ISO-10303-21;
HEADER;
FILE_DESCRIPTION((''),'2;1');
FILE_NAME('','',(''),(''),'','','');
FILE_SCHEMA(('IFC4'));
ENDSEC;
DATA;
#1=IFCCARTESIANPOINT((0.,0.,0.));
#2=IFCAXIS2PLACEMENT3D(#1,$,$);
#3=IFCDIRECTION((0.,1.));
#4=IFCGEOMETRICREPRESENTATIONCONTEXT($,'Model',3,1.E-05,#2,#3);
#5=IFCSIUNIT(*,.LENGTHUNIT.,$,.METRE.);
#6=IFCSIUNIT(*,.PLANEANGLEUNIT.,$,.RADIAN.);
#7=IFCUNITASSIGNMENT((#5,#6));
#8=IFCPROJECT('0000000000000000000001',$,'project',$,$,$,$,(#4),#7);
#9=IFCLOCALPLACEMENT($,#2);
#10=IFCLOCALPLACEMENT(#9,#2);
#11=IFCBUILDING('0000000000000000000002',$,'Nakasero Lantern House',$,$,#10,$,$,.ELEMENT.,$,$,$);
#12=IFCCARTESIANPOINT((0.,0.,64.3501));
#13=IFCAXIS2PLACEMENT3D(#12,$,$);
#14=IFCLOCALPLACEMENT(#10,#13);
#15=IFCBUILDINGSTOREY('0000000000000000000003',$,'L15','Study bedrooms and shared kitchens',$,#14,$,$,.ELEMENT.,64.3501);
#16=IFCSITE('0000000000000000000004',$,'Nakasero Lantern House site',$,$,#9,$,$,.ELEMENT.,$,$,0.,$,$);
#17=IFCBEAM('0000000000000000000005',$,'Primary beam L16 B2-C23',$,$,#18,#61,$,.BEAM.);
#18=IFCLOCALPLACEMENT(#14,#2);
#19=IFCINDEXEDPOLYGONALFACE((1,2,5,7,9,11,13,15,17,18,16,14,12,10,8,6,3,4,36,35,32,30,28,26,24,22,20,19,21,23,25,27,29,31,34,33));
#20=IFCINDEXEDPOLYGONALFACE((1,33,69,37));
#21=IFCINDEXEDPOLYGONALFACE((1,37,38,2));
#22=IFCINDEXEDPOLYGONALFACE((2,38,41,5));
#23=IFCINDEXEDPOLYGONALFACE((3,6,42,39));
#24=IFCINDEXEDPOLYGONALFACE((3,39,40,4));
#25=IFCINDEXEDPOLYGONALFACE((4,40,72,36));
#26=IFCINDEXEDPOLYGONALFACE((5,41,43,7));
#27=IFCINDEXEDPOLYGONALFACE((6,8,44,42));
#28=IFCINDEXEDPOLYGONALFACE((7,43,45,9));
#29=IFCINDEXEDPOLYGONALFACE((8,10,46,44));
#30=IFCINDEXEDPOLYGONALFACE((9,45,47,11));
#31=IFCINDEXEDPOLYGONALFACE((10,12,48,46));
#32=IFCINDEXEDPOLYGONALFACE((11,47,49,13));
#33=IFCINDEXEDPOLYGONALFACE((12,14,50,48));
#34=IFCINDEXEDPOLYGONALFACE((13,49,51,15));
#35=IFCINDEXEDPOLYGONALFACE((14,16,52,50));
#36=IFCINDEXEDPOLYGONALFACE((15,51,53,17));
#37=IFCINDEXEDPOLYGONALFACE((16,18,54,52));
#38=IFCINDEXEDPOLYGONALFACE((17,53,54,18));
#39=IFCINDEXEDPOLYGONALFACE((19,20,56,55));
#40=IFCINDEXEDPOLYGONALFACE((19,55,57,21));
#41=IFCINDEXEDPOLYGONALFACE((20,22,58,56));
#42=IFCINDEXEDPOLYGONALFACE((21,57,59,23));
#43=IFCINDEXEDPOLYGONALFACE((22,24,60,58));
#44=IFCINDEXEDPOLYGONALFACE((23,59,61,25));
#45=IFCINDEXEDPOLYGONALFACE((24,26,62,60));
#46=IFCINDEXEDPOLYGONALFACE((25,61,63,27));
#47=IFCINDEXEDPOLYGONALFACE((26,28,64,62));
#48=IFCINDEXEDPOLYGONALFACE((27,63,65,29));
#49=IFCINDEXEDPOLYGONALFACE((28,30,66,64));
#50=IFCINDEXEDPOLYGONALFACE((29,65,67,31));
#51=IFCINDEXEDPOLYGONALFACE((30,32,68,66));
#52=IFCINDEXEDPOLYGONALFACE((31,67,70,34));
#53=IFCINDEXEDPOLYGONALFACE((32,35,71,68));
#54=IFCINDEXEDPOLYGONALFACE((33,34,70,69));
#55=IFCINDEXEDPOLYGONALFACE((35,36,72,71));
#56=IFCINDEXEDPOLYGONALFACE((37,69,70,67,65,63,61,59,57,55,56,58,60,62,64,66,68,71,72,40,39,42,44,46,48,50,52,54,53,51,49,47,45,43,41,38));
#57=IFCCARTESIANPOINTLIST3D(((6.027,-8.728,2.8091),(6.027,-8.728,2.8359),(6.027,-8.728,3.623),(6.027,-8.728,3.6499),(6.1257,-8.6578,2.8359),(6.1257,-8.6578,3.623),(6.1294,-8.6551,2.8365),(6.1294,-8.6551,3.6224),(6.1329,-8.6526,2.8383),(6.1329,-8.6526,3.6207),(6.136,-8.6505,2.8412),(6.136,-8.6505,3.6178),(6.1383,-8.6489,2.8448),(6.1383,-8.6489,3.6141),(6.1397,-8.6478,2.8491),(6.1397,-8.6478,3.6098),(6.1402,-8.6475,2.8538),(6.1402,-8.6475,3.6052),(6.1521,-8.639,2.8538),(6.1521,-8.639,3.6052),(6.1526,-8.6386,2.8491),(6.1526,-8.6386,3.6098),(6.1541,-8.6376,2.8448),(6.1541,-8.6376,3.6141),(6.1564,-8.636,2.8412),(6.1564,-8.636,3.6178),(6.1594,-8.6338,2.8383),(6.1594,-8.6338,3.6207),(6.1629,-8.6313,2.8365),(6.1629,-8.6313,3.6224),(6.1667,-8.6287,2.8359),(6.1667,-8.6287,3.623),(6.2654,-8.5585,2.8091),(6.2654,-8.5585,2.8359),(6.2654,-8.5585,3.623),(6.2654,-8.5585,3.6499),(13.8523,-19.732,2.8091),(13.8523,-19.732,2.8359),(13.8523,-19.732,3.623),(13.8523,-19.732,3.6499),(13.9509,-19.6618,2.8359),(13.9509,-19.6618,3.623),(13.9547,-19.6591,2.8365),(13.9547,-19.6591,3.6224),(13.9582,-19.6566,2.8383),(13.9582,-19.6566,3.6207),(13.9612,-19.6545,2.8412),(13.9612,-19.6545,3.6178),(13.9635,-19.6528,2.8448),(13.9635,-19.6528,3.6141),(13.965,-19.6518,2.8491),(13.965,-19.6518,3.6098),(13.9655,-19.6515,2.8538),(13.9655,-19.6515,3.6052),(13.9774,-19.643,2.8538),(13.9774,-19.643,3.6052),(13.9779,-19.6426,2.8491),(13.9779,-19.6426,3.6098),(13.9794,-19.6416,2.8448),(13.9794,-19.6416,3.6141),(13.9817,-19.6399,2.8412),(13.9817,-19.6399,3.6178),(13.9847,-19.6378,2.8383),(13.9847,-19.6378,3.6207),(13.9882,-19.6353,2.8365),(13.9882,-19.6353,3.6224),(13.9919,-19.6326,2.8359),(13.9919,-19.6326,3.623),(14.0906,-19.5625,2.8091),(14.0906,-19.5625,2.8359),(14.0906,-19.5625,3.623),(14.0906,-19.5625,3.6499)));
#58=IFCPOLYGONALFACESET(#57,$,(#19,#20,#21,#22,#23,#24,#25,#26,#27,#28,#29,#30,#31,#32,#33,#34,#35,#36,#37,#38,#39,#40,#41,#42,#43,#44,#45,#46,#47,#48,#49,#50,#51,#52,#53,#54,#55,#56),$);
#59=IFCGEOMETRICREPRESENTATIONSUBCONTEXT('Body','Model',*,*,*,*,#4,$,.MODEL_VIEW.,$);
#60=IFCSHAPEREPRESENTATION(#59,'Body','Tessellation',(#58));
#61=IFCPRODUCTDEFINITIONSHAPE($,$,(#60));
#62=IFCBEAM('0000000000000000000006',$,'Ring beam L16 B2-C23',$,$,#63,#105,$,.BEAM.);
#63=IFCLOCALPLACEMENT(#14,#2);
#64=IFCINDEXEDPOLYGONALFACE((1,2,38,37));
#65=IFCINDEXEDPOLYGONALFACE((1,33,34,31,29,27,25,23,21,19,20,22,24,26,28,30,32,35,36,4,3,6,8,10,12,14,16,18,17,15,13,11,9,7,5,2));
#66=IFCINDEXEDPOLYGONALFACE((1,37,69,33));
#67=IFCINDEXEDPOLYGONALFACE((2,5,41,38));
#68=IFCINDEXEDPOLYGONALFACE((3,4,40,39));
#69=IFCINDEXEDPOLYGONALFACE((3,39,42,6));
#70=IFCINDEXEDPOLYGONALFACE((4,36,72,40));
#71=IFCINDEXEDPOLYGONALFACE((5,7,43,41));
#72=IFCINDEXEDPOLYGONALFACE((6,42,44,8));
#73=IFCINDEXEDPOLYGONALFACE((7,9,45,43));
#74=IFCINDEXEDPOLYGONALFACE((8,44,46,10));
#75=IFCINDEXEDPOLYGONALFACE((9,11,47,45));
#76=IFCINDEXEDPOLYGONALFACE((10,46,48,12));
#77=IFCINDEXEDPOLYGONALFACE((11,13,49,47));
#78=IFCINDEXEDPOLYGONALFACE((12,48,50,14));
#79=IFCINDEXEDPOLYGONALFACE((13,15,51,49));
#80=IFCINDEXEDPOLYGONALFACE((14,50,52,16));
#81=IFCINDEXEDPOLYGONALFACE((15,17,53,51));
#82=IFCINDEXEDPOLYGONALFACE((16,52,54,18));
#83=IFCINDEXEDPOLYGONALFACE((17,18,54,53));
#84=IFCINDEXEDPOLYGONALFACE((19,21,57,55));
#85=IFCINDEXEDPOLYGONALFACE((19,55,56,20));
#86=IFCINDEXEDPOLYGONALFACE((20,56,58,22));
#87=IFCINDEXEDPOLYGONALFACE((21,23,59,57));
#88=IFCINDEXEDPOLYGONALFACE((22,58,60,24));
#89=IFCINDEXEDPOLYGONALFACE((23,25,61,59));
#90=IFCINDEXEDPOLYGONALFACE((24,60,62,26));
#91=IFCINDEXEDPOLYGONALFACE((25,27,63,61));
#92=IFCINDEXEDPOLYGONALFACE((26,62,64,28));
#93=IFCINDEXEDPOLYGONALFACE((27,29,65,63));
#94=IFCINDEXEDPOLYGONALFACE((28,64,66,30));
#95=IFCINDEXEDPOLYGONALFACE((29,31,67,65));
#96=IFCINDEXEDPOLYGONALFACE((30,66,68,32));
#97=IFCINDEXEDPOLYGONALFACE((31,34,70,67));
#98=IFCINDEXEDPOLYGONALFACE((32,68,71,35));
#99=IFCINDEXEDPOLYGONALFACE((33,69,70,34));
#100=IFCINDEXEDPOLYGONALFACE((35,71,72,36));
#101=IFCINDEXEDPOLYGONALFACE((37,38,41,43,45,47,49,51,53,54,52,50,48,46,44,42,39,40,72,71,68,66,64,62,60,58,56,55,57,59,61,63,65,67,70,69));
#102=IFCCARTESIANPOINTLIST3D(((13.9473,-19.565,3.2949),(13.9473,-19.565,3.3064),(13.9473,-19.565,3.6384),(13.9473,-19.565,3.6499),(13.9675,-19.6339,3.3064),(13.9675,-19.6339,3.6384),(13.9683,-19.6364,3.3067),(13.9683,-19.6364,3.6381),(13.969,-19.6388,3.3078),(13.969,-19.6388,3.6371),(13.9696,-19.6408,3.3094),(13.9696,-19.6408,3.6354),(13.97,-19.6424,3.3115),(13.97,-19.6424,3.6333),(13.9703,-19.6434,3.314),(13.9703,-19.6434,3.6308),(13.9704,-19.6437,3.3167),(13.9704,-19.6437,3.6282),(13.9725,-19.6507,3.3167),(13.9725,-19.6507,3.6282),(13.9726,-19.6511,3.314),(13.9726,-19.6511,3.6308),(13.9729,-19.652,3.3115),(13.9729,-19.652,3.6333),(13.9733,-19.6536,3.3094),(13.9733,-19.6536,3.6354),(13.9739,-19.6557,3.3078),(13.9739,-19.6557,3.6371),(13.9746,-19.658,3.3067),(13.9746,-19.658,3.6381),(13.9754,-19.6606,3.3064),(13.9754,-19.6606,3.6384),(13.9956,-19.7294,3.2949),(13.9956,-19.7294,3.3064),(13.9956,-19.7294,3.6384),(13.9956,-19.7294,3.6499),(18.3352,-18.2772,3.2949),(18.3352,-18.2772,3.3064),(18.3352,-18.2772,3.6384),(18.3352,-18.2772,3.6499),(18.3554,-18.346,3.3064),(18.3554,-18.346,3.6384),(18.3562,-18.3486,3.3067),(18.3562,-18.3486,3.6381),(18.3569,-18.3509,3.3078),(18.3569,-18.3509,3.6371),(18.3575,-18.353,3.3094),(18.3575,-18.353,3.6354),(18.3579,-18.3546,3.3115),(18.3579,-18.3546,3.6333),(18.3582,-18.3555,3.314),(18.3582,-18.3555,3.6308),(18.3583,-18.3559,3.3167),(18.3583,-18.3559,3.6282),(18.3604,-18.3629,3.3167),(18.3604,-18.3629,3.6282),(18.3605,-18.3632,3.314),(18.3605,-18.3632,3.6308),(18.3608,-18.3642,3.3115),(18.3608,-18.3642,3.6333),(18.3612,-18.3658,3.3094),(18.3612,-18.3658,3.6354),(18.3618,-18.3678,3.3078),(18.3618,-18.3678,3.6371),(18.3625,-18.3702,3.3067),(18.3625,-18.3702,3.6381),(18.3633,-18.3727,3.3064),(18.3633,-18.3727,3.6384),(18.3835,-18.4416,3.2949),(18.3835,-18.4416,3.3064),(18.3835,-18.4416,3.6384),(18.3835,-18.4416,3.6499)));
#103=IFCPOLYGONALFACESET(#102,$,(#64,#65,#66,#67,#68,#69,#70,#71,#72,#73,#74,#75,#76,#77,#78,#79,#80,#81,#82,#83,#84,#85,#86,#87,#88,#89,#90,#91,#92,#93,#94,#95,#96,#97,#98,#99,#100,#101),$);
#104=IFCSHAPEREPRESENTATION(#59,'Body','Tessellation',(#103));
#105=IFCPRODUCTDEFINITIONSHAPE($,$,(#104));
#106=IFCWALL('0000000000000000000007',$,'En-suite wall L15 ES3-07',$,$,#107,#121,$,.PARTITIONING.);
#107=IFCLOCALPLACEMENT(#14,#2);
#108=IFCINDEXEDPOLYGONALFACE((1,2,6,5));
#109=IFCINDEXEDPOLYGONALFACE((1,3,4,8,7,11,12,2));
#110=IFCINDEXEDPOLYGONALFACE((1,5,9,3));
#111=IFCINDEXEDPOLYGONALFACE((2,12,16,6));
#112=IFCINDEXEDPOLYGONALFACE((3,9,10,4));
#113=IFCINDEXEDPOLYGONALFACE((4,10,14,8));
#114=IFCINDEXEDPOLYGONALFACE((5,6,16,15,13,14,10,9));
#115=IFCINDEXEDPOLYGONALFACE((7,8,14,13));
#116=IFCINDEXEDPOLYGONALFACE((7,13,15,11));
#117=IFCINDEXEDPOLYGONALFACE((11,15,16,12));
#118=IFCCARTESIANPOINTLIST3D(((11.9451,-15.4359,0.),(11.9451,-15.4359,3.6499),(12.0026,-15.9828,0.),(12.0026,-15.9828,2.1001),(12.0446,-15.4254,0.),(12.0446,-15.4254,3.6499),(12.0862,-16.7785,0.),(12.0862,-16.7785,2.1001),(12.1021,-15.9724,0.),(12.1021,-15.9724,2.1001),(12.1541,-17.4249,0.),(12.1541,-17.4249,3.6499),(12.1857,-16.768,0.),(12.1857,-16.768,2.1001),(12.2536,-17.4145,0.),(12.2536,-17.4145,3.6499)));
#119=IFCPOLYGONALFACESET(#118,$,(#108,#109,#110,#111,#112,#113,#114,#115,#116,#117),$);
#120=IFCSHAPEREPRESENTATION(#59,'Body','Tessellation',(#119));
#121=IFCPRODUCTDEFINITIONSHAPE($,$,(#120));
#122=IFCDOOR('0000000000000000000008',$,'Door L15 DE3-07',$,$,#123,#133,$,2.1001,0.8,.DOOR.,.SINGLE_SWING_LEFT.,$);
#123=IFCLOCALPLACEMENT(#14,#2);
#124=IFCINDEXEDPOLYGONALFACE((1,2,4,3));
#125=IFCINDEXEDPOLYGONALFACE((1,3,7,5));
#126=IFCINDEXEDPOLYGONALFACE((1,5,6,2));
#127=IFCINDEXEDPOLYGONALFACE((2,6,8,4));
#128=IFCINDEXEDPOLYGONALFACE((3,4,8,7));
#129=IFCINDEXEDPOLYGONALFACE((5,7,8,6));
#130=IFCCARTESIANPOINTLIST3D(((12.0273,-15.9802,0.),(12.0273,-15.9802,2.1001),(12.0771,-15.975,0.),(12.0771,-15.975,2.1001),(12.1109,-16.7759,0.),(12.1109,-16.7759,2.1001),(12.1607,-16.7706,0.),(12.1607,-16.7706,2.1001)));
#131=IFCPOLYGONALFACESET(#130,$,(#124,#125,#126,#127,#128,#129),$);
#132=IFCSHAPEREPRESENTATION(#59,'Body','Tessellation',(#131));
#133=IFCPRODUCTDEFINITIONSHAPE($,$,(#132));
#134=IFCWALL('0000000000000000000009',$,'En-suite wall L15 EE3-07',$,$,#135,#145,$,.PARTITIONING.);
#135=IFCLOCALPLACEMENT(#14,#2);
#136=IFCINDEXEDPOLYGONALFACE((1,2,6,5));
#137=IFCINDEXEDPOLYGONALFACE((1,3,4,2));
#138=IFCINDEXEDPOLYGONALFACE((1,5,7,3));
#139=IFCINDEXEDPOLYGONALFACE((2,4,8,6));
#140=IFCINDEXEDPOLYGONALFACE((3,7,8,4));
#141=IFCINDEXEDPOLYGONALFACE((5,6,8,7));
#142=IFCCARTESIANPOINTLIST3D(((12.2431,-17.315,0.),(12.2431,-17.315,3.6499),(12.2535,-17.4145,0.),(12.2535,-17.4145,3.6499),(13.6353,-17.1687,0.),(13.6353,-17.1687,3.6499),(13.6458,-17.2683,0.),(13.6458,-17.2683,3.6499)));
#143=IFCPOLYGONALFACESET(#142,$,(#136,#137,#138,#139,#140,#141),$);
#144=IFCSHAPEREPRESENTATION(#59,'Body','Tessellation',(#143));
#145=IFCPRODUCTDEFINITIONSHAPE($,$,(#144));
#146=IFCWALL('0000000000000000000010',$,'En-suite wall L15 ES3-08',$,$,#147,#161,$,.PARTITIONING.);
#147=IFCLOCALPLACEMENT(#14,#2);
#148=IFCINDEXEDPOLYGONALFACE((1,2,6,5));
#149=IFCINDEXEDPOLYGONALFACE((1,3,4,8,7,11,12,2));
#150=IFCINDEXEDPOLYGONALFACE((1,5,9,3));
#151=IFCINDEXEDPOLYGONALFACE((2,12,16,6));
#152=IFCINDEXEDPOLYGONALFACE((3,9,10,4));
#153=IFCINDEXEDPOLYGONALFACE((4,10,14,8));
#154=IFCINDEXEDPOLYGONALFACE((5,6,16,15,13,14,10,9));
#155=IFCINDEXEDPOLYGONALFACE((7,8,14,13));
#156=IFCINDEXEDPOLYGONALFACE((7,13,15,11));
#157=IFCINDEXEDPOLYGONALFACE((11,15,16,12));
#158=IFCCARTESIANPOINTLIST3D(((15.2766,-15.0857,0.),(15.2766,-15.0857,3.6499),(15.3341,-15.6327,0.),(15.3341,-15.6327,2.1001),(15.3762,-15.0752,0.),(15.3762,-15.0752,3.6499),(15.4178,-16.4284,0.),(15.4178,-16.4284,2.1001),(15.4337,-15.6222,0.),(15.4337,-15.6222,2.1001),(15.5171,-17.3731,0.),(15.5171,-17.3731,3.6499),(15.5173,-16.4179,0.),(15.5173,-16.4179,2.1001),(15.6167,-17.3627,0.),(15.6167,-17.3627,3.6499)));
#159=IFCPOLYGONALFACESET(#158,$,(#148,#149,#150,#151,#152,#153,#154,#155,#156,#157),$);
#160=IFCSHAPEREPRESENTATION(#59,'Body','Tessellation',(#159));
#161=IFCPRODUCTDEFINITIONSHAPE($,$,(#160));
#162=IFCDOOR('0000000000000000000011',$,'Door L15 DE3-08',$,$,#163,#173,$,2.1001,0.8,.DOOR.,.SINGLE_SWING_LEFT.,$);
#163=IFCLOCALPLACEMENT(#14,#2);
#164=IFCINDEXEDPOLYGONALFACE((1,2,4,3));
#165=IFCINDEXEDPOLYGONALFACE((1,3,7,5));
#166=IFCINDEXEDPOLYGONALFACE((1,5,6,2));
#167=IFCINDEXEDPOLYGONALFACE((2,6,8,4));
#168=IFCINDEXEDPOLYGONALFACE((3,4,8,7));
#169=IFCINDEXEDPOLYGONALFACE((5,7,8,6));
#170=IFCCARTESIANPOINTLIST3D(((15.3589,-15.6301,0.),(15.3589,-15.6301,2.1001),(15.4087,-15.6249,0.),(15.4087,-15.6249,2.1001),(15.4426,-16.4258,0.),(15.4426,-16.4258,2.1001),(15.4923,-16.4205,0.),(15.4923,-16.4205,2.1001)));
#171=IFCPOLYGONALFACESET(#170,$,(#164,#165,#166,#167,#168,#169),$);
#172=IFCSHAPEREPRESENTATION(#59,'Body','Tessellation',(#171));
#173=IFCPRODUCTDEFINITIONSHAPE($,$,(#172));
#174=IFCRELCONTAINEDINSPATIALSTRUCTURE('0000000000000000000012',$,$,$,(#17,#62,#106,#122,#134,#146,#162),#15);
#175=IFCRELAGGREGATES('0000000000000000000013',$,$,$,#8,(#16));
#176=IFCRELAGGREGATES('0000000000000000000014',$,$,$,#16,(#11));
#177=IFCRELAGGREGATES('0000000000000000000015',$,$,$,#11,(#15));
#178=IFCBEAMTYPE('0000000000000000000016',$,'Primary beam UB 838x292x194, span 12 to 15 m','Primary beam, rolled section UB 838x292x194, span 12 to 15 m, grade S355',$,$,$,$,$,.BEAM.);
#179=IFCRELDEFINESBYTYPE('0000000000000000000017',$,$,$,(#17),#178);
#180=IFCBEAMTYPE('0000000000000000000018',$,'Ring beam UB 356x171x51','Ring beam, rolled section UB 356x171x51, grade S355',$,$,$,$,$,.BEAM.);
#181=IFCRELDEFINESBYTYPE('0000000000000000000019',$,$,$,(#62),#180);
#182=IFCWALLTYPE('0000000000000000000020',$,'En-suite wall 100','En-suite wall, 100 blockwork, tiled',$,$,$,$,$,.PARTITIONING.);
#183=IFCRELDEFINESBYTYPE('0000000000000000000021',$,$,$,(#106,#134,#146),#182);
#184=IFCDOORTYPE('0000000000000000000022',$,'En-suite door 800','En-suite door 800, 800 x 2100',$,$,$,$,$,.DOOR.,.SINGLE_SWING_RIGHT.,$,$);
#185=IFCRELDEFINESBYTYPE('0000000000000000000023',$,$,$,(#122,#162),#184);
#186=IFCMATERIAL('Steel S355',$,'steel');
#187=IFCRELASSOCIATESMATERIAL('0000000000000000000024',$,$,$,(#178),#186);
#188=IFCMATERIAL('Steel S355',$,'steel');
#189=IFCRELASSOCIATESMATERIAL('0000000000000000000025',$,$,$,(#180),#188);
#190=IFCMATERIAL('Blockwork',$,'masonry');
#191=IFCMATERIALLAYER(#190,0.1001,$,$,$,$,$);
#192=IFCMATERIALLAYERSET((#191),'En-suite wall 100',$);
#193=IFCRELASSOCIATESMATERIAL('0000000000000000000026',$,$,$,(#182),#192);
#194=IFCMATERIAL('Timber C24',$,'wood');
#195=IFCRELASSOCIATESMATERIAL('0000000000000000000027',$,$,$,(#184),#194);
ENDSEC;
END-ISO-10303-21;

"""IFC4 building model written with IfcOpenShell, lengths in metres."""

from ifc_helpers import new_model, si_unit, direction, frame, frame_2d, origin, origin_2d, place, context, subcontext, project, spatial, rectangle, i_section, extrude, material, layer, layer_set, material_profile, profile_set, type_object, element, fill, save


model = new_model("IFC4")

# Units and contexts
model_context = context("Model", 3, precision=1e-05, world=origin(), true_north=direction((0.0, 1.0)))
body_context = subcontext(model_context, "Body", "Model", "MODEL_VIEW")
ifc_project = project(units=[si_unit("LENGTHUNIT", "METRE"), si_unit("PLANEANGLEUNIT", "RADIAN")], contexts=[model_context])

# Site, building, storey
site_placement = place(None, origin())
site = spatial("IfcSite", under=ifc_project, at=site_placement, Name="Nakasero Lantern House site", CompositionType="ELEMENT", RefElevation=0.0)
building_placement = place(site_placement, origin())
building = spatial("IfcBuilding", under=site, at=building_placement, Name="Nakasero Lantern House", CompositionType="ELEMENT")
storey_placement = place(building_placement, frame((0.0, 0.0, 64.3501)))
storey = spatial("IfcBuildingStorey", under=building, at=storey_placement, Name="L15", Description="Study bedrooms and shared kitchens", CompositionType="ELEMENT", Elevation=64.3501)

# Beams
ifc_material_1 = material(Name="Steel S355", Category="steel")
ifc_material_profile_1 = material_profile(ifc_material_1, i_section(OverallWidth=0.2925, OverallDepth=0.8408, WebThickness=0.0146, FlangeThickness=0.0269, FilletRadius=0.0178, at=origin_2d()), Name="UB 838x292x194")
ifc_profile_set_1 = profile_set([ifc_material_profile_1], Name="Steel S355")
beam_type_1 = type_object("IfcBeamType", Name="Primary beam UB 838x292x194, span 12 to 15 m", Description="Primary beam, rolled section UB 838x292x194, span 12 to 15 m, grade S355", PredefinedType="BEAM", material=ifc_profile_set_1)
beam_1_placement = place(storey_placement, frame((13.9714, -19.6472, 3.2295), z_axis=(-0.579533, 0.814948, 0.0), x_axis=(-0.814948, -0.579533, 0.0)))
element("IfcBeam", 1, at=beam_1_placement, inside=storey, type_object=beam_type_1, Name="Primary beam L16 B2-C23", PredefinedType="BEAM", context=body_context, shape_type="SweptSolid", body=[
    extrude(i_section(OverallWidth=0.2925, OverallDepth=0.8408, WebThickness=0.0146, FlangeThickness=0.0269, FilletRadius=0.0178, at=origin_2d()), origin(), (0.0, 0.0, 1.0), 13.5027),
])
ifc_material_2 = material(Name="Steel S355", Category="steel")
ifc_material_profile_2 = material_profile(ifc_material_2, i_section(OverallWidth=0.1714, OverallDepth=0.355, WebThickness=0.0073, FlangeThickness=0.0115, FilletRadius=0.0103, at=origin_2d()), Name="UB 356x171x51")
ifc_profile_set_2 = profile_set([ifc_material_profile_2], Name="Steel S355")
beam_type_2 = type_object("IfcBeamType", Name="Ring beam UB 356x171x51", Description="Ring beam, rolled section UB 356x171x51, grade S355", PredefinedType="BEAM", material=ifc_profile_set_2)
beam_2_placement = place(storey_placement, frame((13.9714, -19.6472, 3.4724), z_axis=(0.959527, 0.281617, 0.0), x_axis=(-0.281617, 0.959527, 0.0)))
element("IfcBeam", 2, at=beam_2_placement, inside=storey, type_object=beam_type_2, Name="Ring beam L16 B2-C23", PredefinedType="BEAM", context=body_context, shape_type="SweptSolid", body=[
    extrude(i_section(OverallWidth=0.1714, OverallDepth=0.355, WebThickness=0.0073, FlangeThickness=0.0115, FilletRadius=0.0103, at=origin_2d()), origin(), (0.0, 0.0, 1.0), 4.573),
])

# Wall, opening, door
ifc_material_3 = material(Name="Blockwork", Category="masonry")
ifc_layer_1 = layer(ifc_material_3, 0.1001)
ifc_layer_set_1 = layer_set([ifc_layer_1], Name="En-suite wall 100")
wall_type_1 = type_object("IfcWallType", Name="En-suite wall 100", Description="En-suite wall, 100 blockwork, tiled", PredefinedType="PARTITIONING", material=ifc_layer_set_1)
wall_1_placement = place(storey_placement, frame((11.9949, -15.4307, 0.0), z_axis=(0.0, 0.0, 1.0), x_axis=(0.104494, -0.994526, 0.0)))
wall_1 = element("IfcWall", 3, at=wall_1_placement, inside=storey, type_object=wall_type_1, Name="En-suite wall L15 ES3-07", PredefinedType="PARTITIONING", context=body_context, shape_type="SweptSolid", body=[
    extrude(rectangle(XDim=2.0, YDim=0.1001, at=frame_2d((1.0, 0.0))), origin(), (0.0, 0.0, 1.0), 3.6499),
])
opening_1_placement = place(wall_1_placement, frame((0.55, 0.0, 0.0)))
opening_1 = element("IfcOpeningElement", 4, at=opening_1_placement, cuts=wall_1, PredefinedType="OPENING", context=body_context, shape_type="SweptSolid", body=[
    extrude(rectangle(XDim=0.8, YDim=2.1001, at=frame_2d((0.3999, 1.05))), frame((0.0, 0.0701, 0.0), z_axis=(0.0, -1.0, 0.0), x_axis=(1.0, 0.0, 0.0)), (0.0, 0.0, 1.0), 0.1401),
])
ifc_material_4 = material(Name="Timber C24", Category="wood")
door_type = type_object("IfcDoorType", Name="En-suite door 800", Description="En-suite door 800, 800 x 2100", OperationType="SINGLE_SWING_RIGHT", PredefinedType="DOOR", material=ifc_material_4)
door_1_placement = place(opening_1_placement, origin())
door_1 = element("IfcDoor", 5, at=door_1_placement, inside=storey, type_object=door_type, Name="Door L15 DE3-07", OperationType="SINGLE_SWING_LEFT", OverallHeight=2.1001, OverallWidth=0.8, PredefinedType="DOOR", context=body_context, shape_type="SweptSolid", body=[
    extrude(rectangle(XDim=0.8, YDim=2.1001, at=frame_2d((0.3999, 1.05))), frame((0.0, 0.0249, 0.0), z_axis=(0.0, -1.0, 0.0), x_axis=(1.0, 0.0, 0.0)), (0.0, 0.0, 1.0), 0.05),
])
fill(opening_1, door_1)

# Wall
wall_2_placement = place(storey_placement, frame((12.2483, -17.3647, 0.0), z_axis=(0.0, 0.0, 1.0), x_axis=(0.994529, 0.104458, 0.0)))
element("IfcWall", 6, at=wall_2_placement, inside=storey, type_object=wall_type_1, Name="En-suite wall L15 EE3-07", PredefinedType="PARTITIONING", context=body_context, shape_type="SweptSolid", body=[
    extrude(rectangle(XDim=1.3999, YDim=0.1001, at=frame_2d((0.7, 0.0))), origin(), (0.0, 0.0, 1.0), 3.6499),
])

# Wall, opening, door
wall_3_placement = place(storey_placement, frame((15.3264, -15.0806, 0.0), z_axis=(0.0, 0.0, 1.0), x_axis=(0.104558, -0.994519, 0.0)))
wall_3 = element("IfcWall", 7, at=wall_3_placement, inside=storey, type_object=wall_type_1, Name="En-suite wall L15 ES3-08", PredefinedType="PARTITIONING", context=body_context, shape_type="SweptSolid", body=[
    extrude(rectangle(XDim=2.3, YDim=0.1001, at=frame_2d((1.1499, 0.0))), origin(), (0.0, 0.0, 1.0), 3.6499),
])
opening_2_placement = place(wall_3_placement, frame((0.55, 0.0, 0.0)))
opening_2 = element("IfcOpeningElement", 8, at=opening_2_placement, cuts=wall_3, PredefinedType="OPENING", context=body_context, shape_type="SweptSolid", body=[
    extrude(rectangle(XDim=0.8, YDim=2.1001, at=frame_2d((0.3999, 1.05))), frame((0.0, 0.0701, 0.0), z_axis=(0.0, -1.0, 0.0), x_axis=(1.0, 0.0, 0.0)), (0.0, 0.0, 1.0), 0.1401),
])
door_2_placement = place(opening_2_placement, origin())
door_2 = element("IfcDoor", 9, at=door_2_placement, inside=storey, type_object=door_type, Name="Door L15 DE3-08", OperationType="SINGLE_SWING_LEFT", OverallHeight=2.1001, OverallWidth=0.8, PredefinedType="DOOR", context=body_context, shape_type="SweptSolid", body=[
    extrude(rectangle(XDim=0.8, YDim=2.1001, at=frame_2d((0.3999, 1.05))), frame((0.0, 0.0249, 0.0), z_axis=(0.0, -1.0, 0.0), x_axis=(1.0, 0.0, 0.0)), (0.0, 0.0, 1.0), 0.05),
])
fill(opening_2, door_2)

save(model, "model.ifc")
